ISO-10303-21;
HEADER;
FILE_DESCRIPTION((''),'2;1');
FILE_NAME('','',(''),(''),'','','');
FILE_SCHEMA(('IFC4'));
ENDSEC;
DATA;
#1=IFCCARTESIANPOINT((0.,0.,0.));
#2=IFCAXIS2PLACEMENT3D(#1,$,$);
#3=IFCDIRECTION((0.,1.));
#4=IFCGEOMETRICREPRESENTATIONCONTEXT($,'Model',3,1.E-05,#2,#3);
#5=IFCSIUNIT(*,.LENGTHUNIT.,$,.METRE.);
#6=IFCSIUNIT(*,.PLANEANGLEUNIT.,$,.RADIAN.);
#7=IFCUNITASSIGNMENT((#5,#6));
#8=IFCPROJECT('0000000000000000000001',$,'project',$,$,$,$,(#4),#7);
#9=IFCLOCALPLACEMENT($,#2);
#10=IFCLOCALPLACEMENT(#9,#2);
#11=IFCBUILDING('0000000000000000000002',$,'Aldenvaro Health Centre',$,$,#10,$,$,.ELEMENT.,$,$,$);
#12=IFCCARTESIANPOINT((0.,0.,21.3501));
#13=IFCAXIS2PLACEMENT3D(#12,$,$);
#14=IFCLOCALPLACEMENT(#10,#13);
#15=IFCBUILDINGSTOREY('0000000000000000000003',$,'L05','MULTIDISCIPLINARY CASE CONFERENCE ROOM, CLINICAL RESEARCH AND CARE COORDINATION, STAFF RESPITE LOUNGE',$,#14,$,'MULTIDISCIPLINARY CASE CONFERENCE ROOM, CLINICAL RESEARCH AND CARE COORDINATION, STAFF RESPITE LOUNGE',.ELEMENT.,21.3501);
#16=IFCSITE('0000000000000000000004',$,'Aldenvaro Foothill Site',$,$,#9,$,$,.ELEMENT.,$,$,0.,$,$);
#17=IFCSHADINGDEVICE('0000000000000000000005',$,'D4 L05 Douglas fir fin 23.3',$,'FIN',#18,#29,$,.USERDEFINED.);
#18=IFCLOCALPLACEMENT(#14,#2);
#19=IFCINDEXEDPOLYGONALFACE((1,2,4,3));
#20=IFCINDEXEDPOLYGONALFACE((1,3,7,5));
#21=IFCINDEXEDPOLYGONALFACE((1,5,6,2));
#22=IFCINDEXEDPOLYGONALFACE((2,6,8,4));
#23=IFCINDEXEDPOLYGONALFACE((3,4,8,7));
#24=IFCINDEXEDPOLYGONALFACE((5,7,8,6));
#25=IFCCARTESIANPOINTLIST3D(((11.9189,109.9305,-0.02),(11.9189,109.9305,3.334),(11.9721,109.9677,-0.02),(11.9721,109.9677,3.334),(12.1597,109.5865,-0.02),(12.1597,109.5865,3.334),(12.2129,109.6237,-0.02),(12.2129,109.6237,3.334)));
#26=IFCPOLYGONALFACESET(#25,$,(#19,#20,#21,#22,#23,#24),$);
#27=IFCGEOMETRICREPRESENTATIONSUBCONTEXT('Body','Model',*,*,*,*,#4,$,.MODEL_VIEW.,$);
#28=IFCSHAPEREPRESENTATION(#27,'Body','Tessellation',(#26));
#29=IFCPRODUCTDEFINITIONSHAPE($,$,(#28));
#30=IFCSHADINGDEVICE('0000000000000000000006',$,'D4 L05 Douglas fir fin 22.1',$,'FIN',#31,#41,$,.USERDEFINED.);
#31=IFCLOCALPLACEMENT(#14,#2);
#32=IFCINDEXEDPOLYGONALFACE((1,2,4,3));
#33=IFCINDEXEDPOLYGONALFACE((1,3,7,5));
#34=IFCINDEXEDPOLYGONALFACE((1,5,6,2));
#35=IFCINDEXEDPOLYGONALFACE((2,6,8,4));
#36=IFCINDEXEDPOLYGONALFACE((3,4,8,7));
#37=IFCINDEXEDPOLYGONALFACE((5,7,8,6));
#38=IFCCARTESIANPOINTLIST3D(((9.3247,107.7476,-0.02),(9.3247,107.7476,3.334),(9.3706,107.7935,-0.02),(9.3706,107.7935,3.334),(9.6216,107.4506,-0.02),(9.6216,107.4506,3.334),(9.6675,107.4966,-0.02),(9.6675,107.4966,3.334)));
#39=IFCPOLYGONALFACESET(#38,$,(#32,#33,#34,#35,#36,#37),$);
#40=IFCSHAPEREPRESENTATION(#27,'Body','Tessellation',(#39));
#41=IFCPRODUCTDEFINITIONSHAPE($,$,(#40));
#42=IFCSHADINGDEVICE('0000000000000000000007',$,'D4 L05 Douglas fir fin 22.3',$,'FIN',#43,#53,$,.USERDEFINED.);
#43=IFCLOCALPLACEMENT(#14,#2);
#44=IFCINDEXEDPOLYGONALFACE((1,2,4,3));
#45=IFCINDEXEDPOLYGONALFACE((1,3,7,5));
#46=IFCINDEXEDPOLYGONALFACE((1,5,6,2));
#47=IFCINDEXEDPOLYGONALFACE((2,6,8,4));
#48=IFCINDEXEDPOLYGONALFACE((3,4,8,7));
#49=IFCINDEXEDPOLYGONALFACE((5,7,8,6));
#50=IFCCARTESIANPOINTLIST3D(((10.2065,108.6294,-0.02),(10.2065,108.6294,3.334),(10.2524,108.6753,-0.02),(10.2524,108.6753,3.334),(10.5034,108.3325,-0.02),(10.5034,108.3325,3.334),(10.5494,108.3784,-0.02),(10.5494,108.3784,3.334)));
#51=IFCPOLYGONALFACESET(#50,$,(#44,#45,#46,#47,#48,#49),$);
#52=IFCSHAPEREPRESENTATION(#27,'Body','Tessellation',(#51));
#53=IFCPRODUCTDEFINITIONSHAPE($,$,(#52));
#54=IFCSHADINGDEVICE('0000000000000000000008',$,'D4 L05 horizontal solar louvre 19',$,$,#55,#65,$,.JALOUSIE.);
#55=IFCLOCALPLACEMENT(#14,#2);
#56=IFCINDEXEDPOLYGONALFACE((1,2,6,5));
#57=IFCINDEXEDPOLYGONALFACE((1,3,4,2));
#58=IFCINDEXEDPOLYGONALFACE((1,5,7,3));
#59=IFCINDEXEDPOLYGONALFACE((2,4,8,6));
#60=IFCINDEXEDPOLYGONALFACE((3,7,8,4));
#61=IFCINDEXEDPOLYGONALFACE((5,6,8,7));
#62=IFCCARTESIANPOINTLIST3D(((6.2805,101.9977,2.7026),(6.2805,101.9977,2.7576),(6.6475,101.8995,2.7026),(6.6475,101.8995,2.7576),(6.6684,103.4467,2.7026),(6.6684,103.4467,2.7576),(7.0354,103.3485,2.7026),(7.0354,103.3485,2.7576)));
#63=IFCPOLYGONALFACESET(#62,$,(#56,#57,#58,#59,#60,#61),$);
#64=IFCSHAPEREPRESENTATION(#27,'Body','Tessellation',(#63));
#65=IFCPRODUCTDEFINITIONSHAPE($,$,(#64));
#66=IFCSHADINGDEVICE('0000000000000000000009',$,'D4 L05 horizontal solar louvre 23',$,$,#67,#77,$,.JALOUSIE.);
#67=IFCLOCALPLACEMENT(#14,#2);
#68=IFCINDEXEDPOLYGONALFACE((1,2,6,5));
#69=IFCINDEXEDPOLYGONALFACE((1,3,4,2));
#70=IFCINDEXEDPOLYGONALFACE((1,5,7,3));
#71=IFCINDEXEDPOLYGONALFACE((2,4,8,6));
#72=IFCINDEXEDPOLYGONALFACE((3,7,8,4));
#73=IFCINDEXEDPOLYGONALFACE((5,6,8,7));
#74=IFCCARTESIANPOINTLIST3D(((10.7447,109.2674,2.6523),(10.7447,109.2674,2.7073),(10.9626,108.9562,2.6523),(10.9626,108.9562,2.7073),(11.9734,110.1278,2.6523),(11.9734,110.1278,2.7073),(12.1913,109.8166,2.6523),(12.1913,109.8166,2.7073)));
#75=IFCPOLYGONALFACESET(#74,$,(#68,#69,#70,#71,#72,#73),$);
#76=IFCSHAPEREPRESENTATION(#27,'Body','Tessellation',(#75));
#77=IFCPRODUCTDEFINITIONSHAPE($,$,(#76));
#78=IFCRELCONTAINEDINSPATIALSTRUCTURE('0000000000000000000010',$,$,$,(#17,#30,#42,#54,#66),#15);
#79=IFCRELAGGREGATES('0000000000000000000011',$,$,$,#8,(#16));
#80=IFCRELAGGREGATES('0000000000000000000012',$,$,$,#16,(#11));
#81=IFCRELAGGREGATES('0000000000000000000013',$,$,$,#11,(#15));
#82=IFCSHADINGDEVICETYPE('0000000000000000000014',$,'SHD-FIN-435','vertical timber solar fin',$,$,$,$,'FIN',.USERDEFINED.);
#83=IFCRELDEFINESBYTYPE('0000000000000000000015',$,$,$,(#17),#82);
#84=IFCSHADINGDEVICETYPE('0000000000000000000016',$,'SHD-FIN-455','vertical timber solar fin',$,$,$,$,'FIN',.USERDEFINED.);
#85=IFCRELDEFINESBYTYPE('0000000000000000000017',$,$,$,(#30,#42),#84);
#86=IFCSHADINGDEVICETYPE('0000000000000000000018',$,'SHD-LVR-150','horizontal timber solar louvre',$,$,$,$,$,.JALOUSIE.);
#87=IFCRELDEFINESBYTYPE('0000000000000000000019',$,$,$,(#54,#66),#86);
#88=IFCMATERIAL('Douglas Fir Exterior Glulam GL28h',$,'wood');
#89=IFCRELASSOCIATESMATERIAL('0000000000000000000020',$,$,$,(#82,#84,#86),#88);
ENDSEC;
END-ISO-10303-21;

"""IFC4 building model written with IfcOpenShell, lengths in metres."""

from ifc_helpers import new_model, si_unit, direction, frame, origin, origin_2d, place, context, subcontext, project, spatial, rectangle, extrude, material, type_object, element, save


model = new_model("IFC4")

# Units and contexts
model_context = context("Model", 3, precision=1e-05, world=origin(), true_north=direction((0.0, 1.0)))
body_context = subcontext(model_context, "Body", "Model", "MODEL_VIEW")
ifc_project = project(units=[si_unit("LENGTHUNIT", "METRE"), si_unit("PLANEANGLEUNIT", "RADIAN")], contexts=[model_context])

# Site, building, storey
site_placement = place(None, origin())
site = spatial("IfcSite", under=ifc_project, at=site_placement, Name="Aldenvaro Foothill Site", CompositionType="ELEMENT", RefElevation=0.0)
building_placement = place(site_placement, origin())
building = spatial("IfcBuilding", under=site, at=building_placement, Name="Aldenvaro Health Centre", CompositionType="ELEMENT")
storey_placement = place(building_placement, frame((0.0, 0.0, 21.3501)))
storey = spatial("IfcBuildingStorey", under=building, at=storey_placement, Name="L05", Description="MULTIDISCIPLINARY CASE CONFERENCE ROOM, CLINICAL RESEARCH AND CARE COORDINATION, STAFF RESPITE LOUNGE", LongName="MULTIDISCIPLINARY CASE CONFERENCE ROOM, CLINICAL RESEARCH AND CARE COORDINATION, STAFF RESPITE LOUNGE", CompositionType="ELEMENT", Elevation=21.3501)

# Shading devices
ifc_material_1 = material(Name="Douglas Fir Exterior Glulam GL28h", Category="wood")
shading_device_type_1 = type_object("IfcShadingDeviceType", Name="SHD-FIN-435", Description="vertical timber solar fin", ElementType="FIN", PredefinedType="USERDEFINED", material=ifc_material_1)
for number, where, z_axis, x_axis, name in (
    (1, (12.0659, 109.7771, -0.02), (0.0, 0.0, 1.0), (0.819164, 0.573559, 0.0), "D4 L05 Douglas fir fin 23.3"),
):
    element("IfcShadingDevice", number, at=place(storey_placement, frame(where, z_axis=z_axis, x_axis=x_axis)), inside=storey, type_object=shading_device_type_1, Name=name, ObjectType="FIN", PredefinedType="USERDEFINED", context=body_context, shape_type="SweptSolid", body=[
        extrude(rectangle(XDim=0.0649, YDim=0.4199, at=origin_2d()), origin(), (0.0, 0.0, 1.0), 3.354),
    ])
shading_device_type_2 = type_object("IfcShadingDeviceType", Name="SHD-FIN-455", Description="vertical timber solar fin", ElementType="FIN", PredefinedType="USERDEFINED", material=ifc_material_1)
for number, where, z_axis, x_axis, name in (
    (2, (9.4961, 107.6221, -0.02), (0.0, 0.0, 1.0), (0.707107, 0.707107, 0.0), "D4 L05 Douglas fir fin 22.1"),
    (3, (10.3779, 108.5039, -0.02), (0.0, 0.0, 1.0), (0.707107, 0.707107, 0.0), "D4 L05 Douglas fir fin 22.3"),
):
    element("IfcShadingDevice", number, at=place(storey_placement, frame(where, z_axis=z_axis, x_axis=x_axis)), inside=storey, type_object=shading_device_type_2, Name=name, ObjectType="FIN", PredefinedType="USERDEFINED", context=body_context, shape_type="SweptSolid", body=[
        extrude(rectangle(XDim=0.0649, YDim=0.4199, at=origin_2d()), origin(), (0.0, 0.0, 1.0), 3.354),
    ])
shading_device_type_3 = type_object("IfcShadingDeviceType", Name="SHD-LVR-150", Description="horizontal timber solar louvre", PredefinedType="JALOUSIE", material=ifc_material_1)
for number, where, z_axis, x_axis, name in (
    (4, (6.658, 102.6731, 2.7026), (0.0, 0.0, 1.0), (0.258616, 0.96598, 0.0), "D4 L05 horizontal solar louvre 19"),
    (5, (11.468, 109.542, 2.6523), (0.0, 0.0, 1.0), (0.819164, 0.573559, 0.0), "D4 L05 horizontal solar louvre 23"),
):
    element("IfcShadingDevice", number, at=place(storey_placement, frame(where, z_axis=z_axis, x_axis=x_axis)), inside=storey, type_object=shading_device_type_3, Name=name, PredefinedType="JALOUSIE", context=body_context, shape_type="SweptSolid", body=[
        extrude(rectangle(XDim=1.5, YDim=0.3799, at=origin_2d()), origin(), (0.0, 0.0, 1.0), 0.0549),
    ])

save(model, "model.ifc")
